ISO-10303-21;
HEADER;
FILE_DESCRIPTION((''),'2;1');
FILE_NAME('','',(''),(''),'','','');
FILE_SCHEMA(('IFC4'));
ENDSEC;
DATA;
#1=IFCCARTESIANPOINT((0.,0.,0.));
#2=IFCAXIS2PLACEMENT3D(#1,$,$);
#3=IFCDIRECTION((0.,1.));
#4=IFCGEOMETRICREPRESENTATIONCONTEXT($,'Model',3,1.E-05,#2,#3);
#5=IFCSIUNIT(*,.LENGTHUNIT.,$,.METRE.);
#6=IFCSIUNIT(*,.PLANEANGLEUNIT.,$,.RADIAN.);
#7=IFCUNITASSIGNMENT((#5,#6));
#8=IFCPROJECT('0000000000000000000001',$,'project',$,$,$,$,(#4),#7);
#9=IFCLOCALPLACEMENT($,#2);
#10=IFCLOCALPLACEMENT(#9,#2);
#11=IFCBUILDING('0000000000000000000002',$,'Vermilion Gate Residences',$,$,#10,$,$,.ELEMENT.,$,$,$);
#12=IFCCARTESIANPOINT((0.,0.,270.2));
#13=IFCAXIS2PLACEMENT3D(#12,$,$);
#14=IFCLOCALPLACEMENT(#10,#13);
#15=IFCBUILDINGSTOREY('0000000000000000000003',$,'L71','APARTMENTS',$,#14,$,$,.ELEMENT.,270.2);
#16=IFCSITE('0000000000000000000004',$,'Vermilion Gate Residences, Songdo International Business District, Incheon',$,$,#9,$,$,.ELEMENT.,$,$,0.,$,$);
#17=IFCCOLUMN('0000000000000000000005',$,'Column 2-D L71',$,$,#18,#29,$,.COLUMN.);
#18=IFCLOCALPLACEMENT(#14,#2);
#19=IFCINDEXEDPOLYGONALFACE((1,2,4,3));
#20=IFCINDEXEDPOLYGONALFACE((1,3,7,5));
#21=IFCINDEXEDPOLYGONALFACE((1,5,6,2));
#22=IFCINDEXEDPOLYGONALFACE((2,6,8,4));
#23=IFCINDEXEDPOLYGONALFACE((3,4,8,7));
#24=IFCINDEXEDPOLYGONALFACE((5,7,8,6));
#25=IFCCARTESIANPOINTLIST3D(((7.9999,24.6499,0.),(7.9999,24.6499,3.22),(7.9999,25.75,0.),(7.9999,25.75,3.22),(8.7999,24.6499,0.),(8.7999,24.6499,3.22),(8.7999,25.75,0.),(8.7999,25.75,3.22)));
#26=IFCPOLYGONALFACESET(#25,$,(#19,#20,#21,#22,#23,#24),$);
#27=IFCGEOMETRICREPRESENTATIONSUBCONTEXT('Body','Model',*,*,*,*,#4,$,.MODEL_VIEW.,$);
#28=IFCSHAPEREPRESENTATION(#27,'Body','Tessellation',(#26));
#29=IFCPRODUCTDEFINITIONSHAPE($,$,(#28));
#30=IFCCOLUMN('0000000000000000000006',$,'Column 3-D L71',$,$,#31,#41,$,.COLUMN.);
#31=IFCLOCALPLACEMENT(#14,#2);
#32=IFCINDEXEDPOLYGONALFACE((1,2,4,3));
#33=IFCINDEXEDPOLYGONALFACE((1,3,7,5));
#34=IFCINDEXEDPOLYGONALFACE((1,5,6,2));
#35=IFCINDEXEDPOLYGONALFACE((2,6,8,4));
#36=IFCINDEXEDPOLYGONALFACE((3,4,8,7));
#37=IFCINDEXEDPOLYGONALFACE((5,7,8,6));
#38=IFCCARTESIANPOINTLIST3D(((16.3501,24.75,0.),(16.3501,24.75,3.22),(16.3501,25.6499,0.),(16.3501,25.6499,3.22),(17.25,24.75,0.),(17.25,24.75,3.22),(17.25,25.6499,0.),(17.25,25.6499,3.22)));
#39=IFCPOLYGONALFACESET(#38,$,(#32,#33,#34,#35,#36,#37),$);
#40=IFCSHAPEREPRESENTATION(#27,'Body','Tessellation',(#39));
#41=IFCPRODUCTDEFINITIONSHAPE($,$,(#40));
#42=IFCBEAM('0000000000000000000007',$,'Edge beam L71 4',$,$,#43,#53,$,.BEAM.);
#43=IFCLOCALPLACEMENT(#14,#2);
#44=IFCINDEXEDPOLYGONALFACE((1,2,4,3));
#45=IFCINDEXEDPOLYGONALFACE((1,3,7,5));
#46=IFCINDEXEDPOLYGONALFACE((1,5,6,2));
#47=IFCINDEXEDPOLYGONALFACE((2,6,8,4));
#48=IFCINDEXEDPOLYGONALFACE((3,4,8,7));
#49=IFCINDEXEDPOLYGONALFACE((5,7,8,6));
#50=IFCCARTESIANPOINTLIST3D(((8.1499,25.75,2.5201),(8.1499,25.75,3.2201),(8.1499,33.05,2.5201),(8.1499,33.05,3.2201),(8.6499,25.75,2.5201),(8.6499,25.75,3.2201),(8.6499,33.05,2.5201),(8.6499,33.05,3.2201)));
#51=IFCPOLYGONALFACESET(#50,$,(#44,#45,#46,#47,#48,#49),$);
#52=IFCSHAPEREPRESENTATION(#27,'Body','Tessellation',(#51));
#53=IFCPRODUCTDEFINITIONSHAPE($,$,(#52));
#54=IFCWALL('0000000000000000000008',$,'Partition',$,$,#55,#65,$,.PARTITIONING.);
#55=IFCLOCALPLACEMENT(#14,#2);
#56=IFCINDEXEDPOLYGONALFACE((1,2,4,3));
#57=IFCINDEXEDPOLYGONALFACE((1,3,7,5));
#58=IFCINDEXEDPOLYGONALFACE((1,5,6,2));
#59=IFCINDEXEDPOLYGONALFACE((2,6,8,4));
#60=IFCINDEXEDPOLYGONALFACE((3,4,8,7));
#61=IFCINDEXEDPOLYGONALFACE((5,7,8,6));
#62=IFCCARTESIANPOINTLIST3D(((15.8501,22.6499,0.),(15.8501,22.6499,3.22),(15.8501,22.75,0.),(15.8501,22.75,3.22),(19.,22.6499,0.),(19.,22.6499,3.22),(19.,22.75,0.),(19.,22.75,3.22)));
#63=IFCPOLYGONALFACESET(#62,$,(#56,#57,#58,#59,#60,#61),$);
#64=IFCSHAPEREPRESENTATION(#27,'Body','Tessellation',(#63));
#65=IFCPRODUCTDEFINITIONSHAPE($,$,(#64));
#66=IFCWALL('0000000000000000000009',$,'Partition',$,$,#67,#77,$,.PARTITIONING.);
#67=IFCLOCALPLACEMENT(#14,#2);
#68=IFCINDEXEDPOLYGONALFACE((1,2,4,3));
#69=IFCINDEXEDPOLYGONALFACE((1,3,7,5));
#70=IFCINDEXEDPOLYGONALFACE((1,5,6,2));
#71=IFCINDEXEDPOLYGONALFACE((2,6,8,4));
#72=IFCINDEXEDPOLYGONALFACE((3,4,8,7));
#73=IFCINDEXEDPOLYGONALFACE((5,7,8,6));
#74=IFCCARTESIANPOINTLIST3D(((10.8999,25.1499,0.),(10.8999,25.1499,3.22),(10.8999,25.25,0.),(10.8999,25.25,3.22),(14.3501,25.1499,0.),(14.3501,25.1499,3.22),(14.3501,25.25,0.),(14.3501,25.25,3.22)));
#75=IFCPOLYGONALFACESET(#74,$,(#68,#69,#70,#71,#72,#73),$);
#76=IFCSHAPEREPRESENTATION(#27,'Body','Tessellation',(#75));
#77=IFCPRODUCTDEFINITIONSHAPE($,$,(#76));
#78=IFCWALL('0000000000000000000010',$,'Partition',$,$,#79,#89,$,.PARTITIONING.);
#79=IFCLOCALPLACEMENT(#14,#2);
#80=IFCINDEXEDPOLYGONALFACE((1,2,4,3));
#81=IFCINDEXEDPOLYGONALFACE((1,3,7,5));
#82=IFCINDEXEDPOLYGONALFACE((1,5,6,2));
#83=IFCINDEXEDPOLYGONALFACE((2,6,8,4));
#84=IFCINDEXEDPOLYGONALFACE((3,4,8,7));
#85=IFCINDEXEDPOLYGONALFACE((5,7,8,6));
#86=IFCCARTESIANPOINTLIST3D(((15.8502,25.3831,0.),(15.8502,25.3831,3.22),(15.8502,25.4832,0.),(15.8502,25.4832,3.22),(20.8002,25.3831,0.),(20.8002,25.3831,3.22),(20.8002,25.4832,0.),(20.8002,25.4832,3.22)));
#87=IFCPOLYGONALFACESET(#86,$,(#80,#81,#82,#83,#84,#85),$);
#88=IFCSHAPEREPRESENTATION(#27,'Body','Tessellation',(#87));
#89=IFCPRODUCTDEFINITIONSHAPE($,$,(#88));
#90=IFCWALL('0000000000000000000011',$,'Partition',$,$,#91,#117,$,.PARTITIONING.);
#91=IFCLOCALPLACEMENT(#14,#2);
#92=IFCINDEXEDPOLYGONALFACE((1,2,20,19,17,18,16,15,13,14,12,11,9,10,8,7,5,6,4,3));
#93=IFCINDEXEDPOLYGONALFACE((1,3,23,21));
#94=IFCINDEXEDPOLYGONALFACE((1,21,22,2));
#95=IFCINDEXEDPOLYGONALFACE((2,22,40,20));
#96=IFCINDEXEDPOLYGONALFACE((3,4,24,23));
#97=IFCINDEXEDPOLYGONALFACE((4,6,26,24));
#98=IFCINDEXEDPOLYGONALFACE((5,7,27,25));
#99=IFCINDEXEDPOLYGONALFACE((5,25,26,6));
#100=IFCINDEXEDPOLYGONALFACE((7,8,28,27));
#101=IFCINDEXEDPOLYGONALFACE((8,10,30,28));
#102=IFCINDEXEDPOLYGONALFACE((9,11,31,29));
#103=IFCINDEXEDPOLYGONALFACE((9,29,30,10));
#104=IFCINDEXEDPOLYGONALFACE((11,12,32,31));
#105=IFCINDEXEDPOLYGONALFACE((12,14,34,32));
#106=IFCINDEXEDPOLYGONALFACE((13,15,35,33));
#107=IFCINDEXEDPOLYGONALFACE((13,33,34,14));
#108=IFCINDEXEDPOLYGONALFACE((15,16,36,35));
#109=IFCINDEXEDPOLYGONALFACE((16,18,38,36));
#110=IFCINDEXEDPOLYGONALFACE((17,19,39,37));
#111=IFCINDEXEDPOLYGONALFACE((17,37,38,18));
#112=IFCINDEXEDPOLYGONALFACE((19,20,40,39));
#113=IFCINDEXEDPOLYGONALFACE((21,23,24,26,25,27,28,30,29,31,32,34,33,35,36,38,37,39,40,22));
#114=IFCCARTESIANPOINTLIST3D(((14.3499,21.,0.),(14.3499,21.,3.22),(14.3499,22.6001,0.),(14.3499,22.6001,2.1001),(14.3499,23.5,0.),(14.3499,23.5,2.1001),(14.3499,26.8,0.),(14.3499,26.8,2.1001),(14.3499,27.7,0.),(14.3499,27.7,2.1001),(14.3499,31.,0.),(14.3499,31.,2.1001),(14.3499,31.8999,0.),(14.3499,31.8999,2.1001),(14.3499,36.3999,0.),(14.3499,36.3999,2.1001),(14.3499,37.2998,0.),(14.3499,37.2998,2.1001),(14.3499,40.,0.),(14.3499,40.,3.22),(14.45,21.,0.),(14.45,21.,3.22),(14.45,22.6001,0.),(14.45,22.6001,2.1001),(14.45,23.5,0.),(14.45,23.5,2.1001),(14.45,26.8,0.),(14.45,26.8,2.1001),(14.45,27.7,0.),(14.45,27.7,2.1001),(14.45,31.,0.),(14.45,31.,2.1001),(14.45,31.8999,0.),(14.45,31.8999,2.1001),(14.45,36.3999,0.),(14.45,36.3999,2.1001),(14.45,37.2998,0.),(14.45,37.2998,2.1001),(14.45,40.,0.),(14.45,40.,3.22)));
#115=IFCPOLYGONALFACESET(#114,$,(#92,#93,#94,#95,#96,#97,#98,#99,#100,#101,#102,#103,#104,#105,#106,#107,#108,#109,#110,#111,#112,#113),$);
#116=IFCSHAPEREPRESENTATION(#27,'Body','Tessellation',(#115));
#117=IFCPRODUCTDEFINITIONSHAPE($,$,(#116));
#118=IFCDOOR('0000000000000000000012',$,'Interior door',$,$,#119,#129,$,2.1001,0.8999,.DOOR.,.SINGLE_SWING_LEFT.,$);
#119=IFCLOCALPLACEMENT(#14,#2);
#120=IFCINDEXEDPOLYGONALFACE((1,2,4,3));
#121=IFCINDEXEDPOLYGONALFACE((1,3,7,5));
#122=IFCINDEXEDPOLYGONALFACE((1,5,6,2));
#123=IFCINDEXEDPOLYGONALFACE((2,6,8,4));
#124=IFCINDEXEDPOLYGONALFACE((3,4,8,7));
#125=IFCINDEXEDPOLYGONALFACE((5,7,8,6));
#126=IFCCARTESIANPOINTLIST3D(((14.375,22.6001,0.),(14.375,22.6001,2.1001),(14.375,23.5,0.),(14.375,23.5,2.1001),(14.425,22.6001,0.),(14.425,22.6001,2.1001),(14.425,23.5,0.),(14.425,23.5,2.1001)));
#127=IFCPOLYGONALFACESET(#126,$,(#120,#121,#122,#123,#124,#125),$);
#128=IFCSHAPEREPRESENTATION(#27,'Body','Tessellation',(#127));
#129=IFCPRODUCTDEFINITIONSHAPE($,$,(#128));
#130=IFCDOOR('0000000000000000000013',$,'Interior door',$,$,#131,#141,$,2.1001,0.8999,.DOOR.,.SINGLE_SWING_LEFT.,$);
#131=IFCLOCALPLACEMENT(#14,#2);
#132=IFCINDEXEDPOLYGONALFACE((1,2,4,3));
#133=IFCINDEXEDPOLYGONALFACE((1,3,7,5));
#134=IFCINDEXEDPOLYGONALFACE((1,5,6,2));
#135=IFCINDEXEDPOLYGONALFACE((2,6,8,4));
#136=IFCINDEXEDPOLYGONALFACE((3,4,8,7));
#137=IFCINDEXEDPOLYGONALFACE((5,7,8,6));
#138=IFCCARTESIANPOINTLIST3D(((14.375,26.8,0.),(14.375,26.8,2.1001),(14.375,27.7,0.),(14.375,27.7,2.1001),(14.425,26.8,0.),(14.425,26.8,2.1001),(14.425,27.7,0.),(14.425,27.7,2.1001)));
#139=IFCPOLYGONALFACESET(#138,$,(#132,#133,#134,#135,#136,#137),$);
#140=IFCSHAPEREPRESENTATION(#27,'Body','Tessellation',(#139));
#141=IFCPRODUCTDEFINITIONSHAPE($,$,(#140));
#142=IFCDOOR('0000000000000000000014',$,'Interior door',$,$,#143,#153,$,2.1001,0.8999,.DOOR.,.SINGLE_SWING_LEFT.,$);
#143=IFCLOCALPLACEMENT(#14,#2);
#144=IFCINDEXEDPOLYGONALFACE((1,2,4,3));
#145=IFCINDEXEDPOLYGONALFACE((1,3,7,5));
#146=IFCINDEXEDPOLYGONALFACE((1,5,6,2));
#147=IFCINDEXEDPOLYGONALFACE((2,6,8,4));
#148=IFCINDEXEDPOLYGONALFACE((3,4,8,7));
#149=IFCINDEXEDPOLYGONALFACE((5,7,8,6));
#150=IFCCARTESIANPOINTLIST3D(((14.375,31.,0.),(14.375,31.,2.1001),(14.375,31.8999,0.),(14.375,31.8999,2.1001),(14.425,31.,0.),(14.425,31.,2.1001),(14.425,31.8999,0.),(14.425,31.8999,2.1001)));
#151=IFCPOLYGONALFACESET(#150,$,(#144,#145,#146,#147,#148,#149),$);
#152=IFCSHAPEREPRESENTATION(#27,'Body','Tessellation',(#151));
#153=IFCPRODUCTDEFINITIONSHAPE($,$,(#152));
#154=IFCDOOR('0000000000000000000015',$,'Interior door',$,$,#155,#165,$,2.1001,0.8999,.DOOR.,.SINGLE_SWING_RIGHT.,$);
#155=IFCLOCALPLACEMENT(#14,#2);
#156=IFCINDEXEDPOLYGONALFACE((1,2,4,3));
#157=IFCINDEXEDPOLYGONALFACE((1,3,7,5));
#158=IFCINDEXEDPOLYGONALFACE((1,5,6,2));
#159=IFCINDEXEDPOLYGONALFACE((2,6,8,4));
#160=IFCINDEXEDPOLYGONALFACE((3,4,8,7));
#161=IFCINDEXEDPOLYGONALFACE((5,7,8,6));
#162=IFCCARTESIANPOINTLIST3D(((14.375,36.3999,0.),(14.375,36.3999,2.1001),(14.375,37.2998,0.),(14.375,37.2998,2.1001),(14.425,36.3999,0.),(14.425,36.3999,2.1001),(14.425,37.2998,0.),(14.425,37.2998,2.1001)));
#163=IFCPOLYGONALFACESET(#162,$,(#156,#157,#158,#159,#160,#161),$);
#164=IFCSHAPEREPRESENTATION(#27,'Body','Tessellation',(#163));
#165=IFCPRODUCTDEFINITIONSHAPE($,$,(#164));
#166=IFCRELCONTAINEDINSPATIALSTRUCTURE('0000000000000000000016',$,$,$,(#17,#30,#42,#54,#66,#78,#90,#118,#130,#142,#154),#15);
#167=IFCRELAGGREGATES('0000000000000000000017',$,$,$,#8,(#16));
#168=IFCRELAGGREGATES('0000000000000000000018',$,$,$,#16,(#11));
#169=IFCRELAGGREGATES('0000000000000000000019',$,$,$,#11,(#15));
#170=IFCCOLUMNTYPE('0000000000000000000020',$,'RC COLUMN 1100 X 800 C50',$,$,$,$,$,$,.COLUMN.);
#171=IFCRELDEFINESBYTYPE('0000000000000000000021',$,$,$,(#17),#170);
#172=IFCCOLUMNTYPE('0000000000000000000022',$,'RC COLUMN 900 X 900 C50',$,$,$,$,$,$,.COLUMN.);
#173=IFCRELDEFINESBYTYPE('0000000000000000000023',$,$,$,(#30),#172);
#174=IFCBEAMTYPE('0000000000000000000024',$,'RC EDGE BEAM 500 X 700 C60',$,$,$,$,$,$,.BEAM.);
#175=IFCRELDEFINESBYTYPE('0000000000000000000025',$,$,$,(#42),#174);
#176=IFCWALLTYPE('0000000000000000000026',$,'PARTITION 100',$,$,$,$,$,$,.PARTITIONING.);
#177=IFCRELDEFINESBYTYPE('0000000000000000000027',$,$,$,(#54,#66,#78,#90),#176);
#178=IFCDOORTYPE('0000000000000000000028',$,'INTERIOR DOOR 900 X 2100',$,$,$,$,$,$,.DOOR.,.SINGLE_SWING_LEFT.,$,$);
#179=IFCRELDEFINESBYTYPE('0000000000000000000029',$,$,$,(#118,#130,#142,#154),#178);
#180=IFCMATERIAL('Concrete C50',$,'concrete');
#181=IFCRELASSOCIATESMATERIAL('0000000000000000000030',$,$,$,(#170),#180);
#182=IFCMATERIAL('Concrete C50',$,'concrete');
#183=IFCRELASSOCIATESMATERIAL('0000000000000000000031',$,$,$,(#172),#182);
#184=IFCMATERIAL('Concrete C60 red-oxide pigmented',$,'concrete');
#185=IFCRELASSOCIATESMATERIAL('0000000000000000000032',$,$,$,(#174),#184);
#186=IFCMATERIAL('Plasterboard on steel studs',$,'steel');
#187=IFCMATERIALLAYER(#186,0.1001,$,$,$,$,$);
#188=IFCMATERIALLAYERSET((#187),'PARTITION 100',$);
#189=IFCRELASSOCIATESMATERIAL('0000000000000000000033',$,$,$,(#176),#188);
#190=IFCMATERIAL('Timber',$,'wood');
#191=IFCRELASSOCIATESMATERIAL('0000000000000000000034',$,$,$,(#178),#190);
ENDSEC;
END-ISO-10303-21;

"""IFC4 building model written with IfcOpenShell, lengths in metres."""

from ifc_helpers import new_model, si_unit, direction, frame, frame_2d, origin, origin_2d, place, context, subcontext, project, spatial, rectangle, extrude, material, layer, layer_set, material_profile, profile_set, type_object, element, fill, save


model = new_model("IFC4")

# Units and contexts
model_context = context("Model", 3, precision=1e-05, world=origin(), true_north=direction((0.0, 1.0)))
body_context = subcontext(model_context, "Body", "Model", "MODEL_VIEW")
ifc_project = project(units=[si_unit("LENGTHUNIT", "METRE"), si_unit("PLANEANGLEUNIT", "RADIAN")], contexts=[model_context])

# Site, building, storey
site_placement = place(None, origin())
site = spatial("IfcSite", under=ifc_project, at=site_placement, Name="Vermilion Gate Residences, Songdo International Business District, Incheon", CompositionType="ELEMENT", RefElevation=0.0)
building_placement = place(site_placement, origin())
building = spatial("IfcBuilding", under=site, at=building_placement, Name="Vermilion Gate Residences", CompositionType="ELEMENT")
storey_placement = place(building_placement, frame((0.0, 0.0, 270.2)))
storey = spatial("IfcBuildingStorey", under=building, at=storey_placement, Name="L71", Description="APARTMENTS", CompositionType="ELEMENT", Elevation=270.2)

# Columns
ifc_material_1 = material(Name="Concrete C50", Category="concrete")
ifc_material_profile_1 = material_profile(ifc_material_1, rectangle(XDim=1.1001, YDim=0.8, at=origin_2d()), Name="RC-1100x800")
ifc_profile_set_1 = profile_set([ifc_material_profile_1], Name="Concrete C50")
column_type_1 = type_object("IfcColumnType", Name="RC COLUMN 1100 X 800 C50", PredefinedType="COLUMN", material=ifc_profile_set_1)
column_1_placement = place(storey_placement, frame((8.3999, 25.2, 0.0), z_axis=(0.0, 0.0, 1.0), x_axis=(0.0, 1.0, 0.0)))
element("IfcColumn", 1, at=column_1_placement, inside=storey, type_object=column_type_1, Name="Column 2-D L71", PredefinedType="COLUMN", context=body_context, shape_type="SweptSolid", body=[
    extrude(rectangle(XDim=1.1001, YDim=0.8, at=origin_2d()), origin(), (0.0, 0.0, 1.0), 3.22),
])
ifc_material_2 = material(Name="Concrete C50", Category="concrete")
ifc_material_profile_2 = material_profile(ifc_material_2, rectangle(XDim=0.8999, YDim=0.8999, at=origin_2d()), Name="RC-900x900")
ifc_profile_set_2 = profile_set([ifc_material_profile_2], Name="Concrete C50")
column_type_2 = type_object("IfcColumnType", Name="RC COLUMN 900 X 900 C50", PredefinedType="COLUMN", material=ifc_profile_set_2)
column_2_placement = place(storey_placement, frame((16.8, 25.2, 0.0), z_axis=(0.0, 0.0, 1.0), x_axis=(1.0, 0.0, 0.0)))
element("IfcColumn", 2, at=column_2_placement, inside=storey, type_object=column_type_2, Name="Column 3-D L71", PredefinedType="COLUMN", context=body_context, shape_type="SweptSolid", body=[
    extrude(rectangle(XDim=0.8999, YDim=0.8999, at=origin_2d()), origin(), (0.0, 0.0, 1.0), 3.22),
])

# Beam
ifc_material_3 = material(Name="Concrete C60 red-oxide pigmented", Category="concrete")
ifc_material_profile_3 = material_profile(ifc_material_3, rectangle(XDim=0.5, YDim=0.7, at=origin_2d()), Name="RC-500x700")
ifc_profile_set_3 = profile_set([ifc_material_profile_3], Name="Concrete C60 red-oxide pigmented")
beam_type = type_object("IfcBeamType", Name="RC EDGE BEAM 500 X 700 C60", PredefinedType="BEAM", material=ifc_profile_set_3)
beam_placement = place(storey_placement, frame((8.3999, 25.75, 2.8701), z_axis=(0.0, 1.0, 0.0), x_axis=(-1.0, 0.0, 0.0)))
element("IfcBeam", 3, at=beam_placement, inside=storey, type_object=beam_type, Name="Edge beam L71 4", PredefinedType="BEAM", context=body_context, shape_type="SweptSolid", body=[
    extrude(rectangle(XDim=0.5, YDim=0.7, at=origin_2d()), origin(), (0.0, 0.0, 1.0), 7.3),
])

# Walls
ifc_material_4 = material(Name="Plasterboard on steel studs", Category="steel")
ifc_layer_1 = layer(ifc_material_4, 0.1001)
ifc_layer_set_1 = layer_set([ifc_layer_1], Name="PARTITION 100")
wall_type_1 = type_object("IfcWallType", Name="PARTITION 100", PredefinedType="PARTITIONING", material=ifc_layer_set_1)
wall_1_placement = place(storey_placement, frame((15.8501, 22.7, 0.0), z_axis=(0.0, 0.0, 1.0), x_axis=(1.0, 0.0, 0.0)))
element("IfcWall", 4, at=wall_1_placement, inside=storey, type_object=wall_type_1, Name="Partition", PredefinedType="PARTITIONING", context=body_context, shape_type="SweptSolid", body=[
    extrude(rectangle(XDim=3.1499, YDim=0.1001, at=frame_2d((1.575, 0.0))), origin(), (0.0, 0.0, 1.0), 3.22),
])
wall_2_placement = place(storey_placement, frame((10.8999, 25.2, 0.0), z_axis=(0.0, 0.0, 1.0), x_axis=(1.0, 0.0, 0.0)))
element("IfcWall", 5, at=wall_2_placement, inside=storey, type_object=wall_type_1, Name="Partition", PredefinedType="PARTITIONING", context=body_context, shape_type="SweptSolid", body=[
    extrude(rectangle(XDim=3.4502, YDim=0.1001, at=frame_2d((1.7251, 0.0))), origin(), (0.0, 0.0, 1.0), 3.22),
])
wall_3_placement = place(storey_placement, frame((15.8501, 25.4331, 0.0), z_axis=(0.0, 0.0, 1.0), x_axis=(1.0, 0.0, 0.0)))
element("IfcWall", 6, at=wall_3_placement, inside=storey, type_object=wall_type_1, Name="Partition", PredefinedType="PARTITIONING", context=body_context, shape_type="SweptSolid", body=[
    extrude(rectangle(XDim=4.95, YDim=0.1001, at=frame_2d((2.4751, 0.0))), origin(), (0.0, 0.0, 1.0), 3.22),
])

# Wall, openings, doors
wall_4_placement = place(storey_placement, frame((14.3999, 21.0, 0.0), z_axis=(0.0, 0.0, 1.0), x_axis=(0.0, 1.0, 0.0)))
wall_4 = element("IfcWall", 7, at=wall_4_placement, inside=storey, type_object=wall_type_1, Name="Partition", PredefinedType="PARTITIONING", context=body_context, shape_type="SweptSolid", body=[
    extrude(rectangle(XDim=19.0, YDim=0.1001, at=frame_2d((9.5, 0.0))), origin(), (0.0, 0.0, 1.0), 3.22),
])
opening_1_placement = place(wall_4_placement, frame((1.6001, 0.0, 0.0)))
opening_1 = element("IfcOpeningElement", 8, at=opening_1_placement, cuts=wall_4, PredefinedType="OPENING", context=body_context, shape_type="SweptSolid", body=[
    extrude(rectangle(XDim=0.8999, YDim=2.1001, at=frame_2d((0.45, 1.05))), frame((0.0, 0.0601, 0.0), z_axis=(0.0, -1.0, 0.0), x_axis=(1.0, 0.0, 0.0)), (0.0, 0.0, 1.0), 0.1201),
])
opening_2_placement = place(wall_4_placement, frame((5.8, 0.0, 0.0)))
opening_2 = element("IfcOpeningElement", 9, at=opening_2_placement, cuts=wall_4, PredefinedType="OPENING", context=body_context, shape_type="SweptSolid", body=[
    extrude(rectangle(XDim=0.8999, YDim=2.1001, at=frame_2d((0.45, 1.05))), frame((0.0, 0.0601, 0.0), z_axis=(0.0, -1.0, 0.0), x_axis=(1.0, 0.0, 0.0)), (0.0, 0.0, 1.0), 0.1201),
])
opening_3_placement = place(wall_4_placement, frame((10.0, 0.0, 0.0)))
opening_3 = element("IfcOpeningElement", 10, at=opening_3_placement, cuts=wall_4, PredefinedType="OPENING", context=body_context, shape_type="SweptSolid", body=[
    extrude(rectangle(XDim=0.8999, YDim=2.1001, at=frame_2d((0.45, 1.05))), frame((0.0, 0.0601, 0.0), z_axis=(0.0, -1.0, 0.0), x_axis=(1.0, 0.0, 0.0)), (0.0, 0.0, 1.0), 0.1201),
])
opening_4_placement = place(wall_4_placement, frame((15.3999, 0.0, 0.0)))
opening_4 = element("IfcOpeningElement", 11, at=opening_4_placement, cuts=wall_4, PredefinedType="OPENING", context=body_context, shape_type="SweptSolid", body=[
    extrude(rectangle(XDim=0.8999, YDim=2.1001, at=frame_2d((0.45, 1.05))), frame((0.0, 0.0601, 0.0), z_axis=(0.0, -1.0, 0.0), x_axis=(1.0, 0.0, 0.0)), (0.0, 0.0, 1.0), 0.1201),
])
ifc_material_5 = material(Name="Timber", Category="wood")
door_type_1 = type_object("IfcDoorType", Name="INTERIOR DOOR 900 X 2100", OperationType="SINGLE_SWING_LEFT", PredefinedType="DOOR", material=ifc_material_5)
door_1_placement = place(opening_1_placement, origin())
door_1 = element("IfcDoor", 12, at=door_1_placement, inside=storey, type_object=door_type_1, Name="Interior door", OperationType="SINGLE_SWING_LEFT", OverallHeight=2.1001, OverallWidth=0.8999, PredefinedType="DOOR", context=body_context, shape_type="SweptSolid", body=[
    extrude(rectangle(XDim=0.8999, YDim=2.1001, at=frame_2d((0.45, 1.05))), frame((0.0, 0.0249, 0.0), z_axis=(0.0, -1.0, 0.0), x_axis=(1.0, 0.0, 0.0)), (0.0, 0.0, 1.0), 0.05),
])
fill(opening_1, door_1)
door_2_placement = place(opening_2_placement, origin())
door_2 = element("IfcDoor", 13, at=door_2_placement, inside=storey, type_object=door_type_1, Name="Interior door", OperationType="SINGLE_SWING_LEFT", OverallHeight=2.1001, OverallWidth=0.8999, PredefinedType="DOOR", context=body_context, shape_type="SweptSolid", body=[
    extrude(rectangle(XDim=0.8999, YDim=2.1001, at=frame_2d((0.45, 1.05))), frame((0.0, 0.0249, 0.0), z_axis=(0.0, -1.0, 0.0), x_axis=(1.0, 0.0, 0.0)), (0.0, 0.0, 1.0), 0.05),
])
fill(opening_2, door_2)
door_3_placement = place(opening_3_placement, origin())
door_3 = element("IfcDoor", 14, at=door_3_placement, inside=storey, type_object=door_type_1, Name="Interior door", OperationType="SINGLE_SWING_LEFT", OverallHeight=2.1001, OverallWidth=0.8999, PredefinedType="DOOR", context=body_context, shape_type="SweptSolid", body=[
    extrude(rectangle(XDim=0.8999, YDim=2.1001, at=frame_2d((0.45, 1.05))), frame((0.0, 0.0249, 0.0), z_axis=(0.0, -1.0, 0.0), x_axis=(1.0, 0.0, 0.0)), (0.0, 0.0, 1.0), 0.05),
])
fill(opening_3, door_3)
door_4_placement = place(opening_4_placement, origin())
door_4 = element("IfcDoor", 15, at=door_4_placement, inside=storey, type_object=door_type_1, Name="Interior door", OperationType="SINGLE_SWING_RIGHT", OverallHeight=2.1001, OverallWidth=0.8999, PredefinedType="DOOR", context=body_context, shape_type="SweptSolid", body=[
    extrude(rectangle(XDim=0.8999, YDim=2.1001, at=frame_2d((0.45, 1.05))), frame((0.0, 0.0249, 0.0), z_axis=(0.0, -1.0, 0.0), x_axis=(1.0, 0.0, 0.0)), (0.0, 0.0, 1.0), 0.05),
])
fill(opening_4, door_4)

save(model, "model.ifc")
